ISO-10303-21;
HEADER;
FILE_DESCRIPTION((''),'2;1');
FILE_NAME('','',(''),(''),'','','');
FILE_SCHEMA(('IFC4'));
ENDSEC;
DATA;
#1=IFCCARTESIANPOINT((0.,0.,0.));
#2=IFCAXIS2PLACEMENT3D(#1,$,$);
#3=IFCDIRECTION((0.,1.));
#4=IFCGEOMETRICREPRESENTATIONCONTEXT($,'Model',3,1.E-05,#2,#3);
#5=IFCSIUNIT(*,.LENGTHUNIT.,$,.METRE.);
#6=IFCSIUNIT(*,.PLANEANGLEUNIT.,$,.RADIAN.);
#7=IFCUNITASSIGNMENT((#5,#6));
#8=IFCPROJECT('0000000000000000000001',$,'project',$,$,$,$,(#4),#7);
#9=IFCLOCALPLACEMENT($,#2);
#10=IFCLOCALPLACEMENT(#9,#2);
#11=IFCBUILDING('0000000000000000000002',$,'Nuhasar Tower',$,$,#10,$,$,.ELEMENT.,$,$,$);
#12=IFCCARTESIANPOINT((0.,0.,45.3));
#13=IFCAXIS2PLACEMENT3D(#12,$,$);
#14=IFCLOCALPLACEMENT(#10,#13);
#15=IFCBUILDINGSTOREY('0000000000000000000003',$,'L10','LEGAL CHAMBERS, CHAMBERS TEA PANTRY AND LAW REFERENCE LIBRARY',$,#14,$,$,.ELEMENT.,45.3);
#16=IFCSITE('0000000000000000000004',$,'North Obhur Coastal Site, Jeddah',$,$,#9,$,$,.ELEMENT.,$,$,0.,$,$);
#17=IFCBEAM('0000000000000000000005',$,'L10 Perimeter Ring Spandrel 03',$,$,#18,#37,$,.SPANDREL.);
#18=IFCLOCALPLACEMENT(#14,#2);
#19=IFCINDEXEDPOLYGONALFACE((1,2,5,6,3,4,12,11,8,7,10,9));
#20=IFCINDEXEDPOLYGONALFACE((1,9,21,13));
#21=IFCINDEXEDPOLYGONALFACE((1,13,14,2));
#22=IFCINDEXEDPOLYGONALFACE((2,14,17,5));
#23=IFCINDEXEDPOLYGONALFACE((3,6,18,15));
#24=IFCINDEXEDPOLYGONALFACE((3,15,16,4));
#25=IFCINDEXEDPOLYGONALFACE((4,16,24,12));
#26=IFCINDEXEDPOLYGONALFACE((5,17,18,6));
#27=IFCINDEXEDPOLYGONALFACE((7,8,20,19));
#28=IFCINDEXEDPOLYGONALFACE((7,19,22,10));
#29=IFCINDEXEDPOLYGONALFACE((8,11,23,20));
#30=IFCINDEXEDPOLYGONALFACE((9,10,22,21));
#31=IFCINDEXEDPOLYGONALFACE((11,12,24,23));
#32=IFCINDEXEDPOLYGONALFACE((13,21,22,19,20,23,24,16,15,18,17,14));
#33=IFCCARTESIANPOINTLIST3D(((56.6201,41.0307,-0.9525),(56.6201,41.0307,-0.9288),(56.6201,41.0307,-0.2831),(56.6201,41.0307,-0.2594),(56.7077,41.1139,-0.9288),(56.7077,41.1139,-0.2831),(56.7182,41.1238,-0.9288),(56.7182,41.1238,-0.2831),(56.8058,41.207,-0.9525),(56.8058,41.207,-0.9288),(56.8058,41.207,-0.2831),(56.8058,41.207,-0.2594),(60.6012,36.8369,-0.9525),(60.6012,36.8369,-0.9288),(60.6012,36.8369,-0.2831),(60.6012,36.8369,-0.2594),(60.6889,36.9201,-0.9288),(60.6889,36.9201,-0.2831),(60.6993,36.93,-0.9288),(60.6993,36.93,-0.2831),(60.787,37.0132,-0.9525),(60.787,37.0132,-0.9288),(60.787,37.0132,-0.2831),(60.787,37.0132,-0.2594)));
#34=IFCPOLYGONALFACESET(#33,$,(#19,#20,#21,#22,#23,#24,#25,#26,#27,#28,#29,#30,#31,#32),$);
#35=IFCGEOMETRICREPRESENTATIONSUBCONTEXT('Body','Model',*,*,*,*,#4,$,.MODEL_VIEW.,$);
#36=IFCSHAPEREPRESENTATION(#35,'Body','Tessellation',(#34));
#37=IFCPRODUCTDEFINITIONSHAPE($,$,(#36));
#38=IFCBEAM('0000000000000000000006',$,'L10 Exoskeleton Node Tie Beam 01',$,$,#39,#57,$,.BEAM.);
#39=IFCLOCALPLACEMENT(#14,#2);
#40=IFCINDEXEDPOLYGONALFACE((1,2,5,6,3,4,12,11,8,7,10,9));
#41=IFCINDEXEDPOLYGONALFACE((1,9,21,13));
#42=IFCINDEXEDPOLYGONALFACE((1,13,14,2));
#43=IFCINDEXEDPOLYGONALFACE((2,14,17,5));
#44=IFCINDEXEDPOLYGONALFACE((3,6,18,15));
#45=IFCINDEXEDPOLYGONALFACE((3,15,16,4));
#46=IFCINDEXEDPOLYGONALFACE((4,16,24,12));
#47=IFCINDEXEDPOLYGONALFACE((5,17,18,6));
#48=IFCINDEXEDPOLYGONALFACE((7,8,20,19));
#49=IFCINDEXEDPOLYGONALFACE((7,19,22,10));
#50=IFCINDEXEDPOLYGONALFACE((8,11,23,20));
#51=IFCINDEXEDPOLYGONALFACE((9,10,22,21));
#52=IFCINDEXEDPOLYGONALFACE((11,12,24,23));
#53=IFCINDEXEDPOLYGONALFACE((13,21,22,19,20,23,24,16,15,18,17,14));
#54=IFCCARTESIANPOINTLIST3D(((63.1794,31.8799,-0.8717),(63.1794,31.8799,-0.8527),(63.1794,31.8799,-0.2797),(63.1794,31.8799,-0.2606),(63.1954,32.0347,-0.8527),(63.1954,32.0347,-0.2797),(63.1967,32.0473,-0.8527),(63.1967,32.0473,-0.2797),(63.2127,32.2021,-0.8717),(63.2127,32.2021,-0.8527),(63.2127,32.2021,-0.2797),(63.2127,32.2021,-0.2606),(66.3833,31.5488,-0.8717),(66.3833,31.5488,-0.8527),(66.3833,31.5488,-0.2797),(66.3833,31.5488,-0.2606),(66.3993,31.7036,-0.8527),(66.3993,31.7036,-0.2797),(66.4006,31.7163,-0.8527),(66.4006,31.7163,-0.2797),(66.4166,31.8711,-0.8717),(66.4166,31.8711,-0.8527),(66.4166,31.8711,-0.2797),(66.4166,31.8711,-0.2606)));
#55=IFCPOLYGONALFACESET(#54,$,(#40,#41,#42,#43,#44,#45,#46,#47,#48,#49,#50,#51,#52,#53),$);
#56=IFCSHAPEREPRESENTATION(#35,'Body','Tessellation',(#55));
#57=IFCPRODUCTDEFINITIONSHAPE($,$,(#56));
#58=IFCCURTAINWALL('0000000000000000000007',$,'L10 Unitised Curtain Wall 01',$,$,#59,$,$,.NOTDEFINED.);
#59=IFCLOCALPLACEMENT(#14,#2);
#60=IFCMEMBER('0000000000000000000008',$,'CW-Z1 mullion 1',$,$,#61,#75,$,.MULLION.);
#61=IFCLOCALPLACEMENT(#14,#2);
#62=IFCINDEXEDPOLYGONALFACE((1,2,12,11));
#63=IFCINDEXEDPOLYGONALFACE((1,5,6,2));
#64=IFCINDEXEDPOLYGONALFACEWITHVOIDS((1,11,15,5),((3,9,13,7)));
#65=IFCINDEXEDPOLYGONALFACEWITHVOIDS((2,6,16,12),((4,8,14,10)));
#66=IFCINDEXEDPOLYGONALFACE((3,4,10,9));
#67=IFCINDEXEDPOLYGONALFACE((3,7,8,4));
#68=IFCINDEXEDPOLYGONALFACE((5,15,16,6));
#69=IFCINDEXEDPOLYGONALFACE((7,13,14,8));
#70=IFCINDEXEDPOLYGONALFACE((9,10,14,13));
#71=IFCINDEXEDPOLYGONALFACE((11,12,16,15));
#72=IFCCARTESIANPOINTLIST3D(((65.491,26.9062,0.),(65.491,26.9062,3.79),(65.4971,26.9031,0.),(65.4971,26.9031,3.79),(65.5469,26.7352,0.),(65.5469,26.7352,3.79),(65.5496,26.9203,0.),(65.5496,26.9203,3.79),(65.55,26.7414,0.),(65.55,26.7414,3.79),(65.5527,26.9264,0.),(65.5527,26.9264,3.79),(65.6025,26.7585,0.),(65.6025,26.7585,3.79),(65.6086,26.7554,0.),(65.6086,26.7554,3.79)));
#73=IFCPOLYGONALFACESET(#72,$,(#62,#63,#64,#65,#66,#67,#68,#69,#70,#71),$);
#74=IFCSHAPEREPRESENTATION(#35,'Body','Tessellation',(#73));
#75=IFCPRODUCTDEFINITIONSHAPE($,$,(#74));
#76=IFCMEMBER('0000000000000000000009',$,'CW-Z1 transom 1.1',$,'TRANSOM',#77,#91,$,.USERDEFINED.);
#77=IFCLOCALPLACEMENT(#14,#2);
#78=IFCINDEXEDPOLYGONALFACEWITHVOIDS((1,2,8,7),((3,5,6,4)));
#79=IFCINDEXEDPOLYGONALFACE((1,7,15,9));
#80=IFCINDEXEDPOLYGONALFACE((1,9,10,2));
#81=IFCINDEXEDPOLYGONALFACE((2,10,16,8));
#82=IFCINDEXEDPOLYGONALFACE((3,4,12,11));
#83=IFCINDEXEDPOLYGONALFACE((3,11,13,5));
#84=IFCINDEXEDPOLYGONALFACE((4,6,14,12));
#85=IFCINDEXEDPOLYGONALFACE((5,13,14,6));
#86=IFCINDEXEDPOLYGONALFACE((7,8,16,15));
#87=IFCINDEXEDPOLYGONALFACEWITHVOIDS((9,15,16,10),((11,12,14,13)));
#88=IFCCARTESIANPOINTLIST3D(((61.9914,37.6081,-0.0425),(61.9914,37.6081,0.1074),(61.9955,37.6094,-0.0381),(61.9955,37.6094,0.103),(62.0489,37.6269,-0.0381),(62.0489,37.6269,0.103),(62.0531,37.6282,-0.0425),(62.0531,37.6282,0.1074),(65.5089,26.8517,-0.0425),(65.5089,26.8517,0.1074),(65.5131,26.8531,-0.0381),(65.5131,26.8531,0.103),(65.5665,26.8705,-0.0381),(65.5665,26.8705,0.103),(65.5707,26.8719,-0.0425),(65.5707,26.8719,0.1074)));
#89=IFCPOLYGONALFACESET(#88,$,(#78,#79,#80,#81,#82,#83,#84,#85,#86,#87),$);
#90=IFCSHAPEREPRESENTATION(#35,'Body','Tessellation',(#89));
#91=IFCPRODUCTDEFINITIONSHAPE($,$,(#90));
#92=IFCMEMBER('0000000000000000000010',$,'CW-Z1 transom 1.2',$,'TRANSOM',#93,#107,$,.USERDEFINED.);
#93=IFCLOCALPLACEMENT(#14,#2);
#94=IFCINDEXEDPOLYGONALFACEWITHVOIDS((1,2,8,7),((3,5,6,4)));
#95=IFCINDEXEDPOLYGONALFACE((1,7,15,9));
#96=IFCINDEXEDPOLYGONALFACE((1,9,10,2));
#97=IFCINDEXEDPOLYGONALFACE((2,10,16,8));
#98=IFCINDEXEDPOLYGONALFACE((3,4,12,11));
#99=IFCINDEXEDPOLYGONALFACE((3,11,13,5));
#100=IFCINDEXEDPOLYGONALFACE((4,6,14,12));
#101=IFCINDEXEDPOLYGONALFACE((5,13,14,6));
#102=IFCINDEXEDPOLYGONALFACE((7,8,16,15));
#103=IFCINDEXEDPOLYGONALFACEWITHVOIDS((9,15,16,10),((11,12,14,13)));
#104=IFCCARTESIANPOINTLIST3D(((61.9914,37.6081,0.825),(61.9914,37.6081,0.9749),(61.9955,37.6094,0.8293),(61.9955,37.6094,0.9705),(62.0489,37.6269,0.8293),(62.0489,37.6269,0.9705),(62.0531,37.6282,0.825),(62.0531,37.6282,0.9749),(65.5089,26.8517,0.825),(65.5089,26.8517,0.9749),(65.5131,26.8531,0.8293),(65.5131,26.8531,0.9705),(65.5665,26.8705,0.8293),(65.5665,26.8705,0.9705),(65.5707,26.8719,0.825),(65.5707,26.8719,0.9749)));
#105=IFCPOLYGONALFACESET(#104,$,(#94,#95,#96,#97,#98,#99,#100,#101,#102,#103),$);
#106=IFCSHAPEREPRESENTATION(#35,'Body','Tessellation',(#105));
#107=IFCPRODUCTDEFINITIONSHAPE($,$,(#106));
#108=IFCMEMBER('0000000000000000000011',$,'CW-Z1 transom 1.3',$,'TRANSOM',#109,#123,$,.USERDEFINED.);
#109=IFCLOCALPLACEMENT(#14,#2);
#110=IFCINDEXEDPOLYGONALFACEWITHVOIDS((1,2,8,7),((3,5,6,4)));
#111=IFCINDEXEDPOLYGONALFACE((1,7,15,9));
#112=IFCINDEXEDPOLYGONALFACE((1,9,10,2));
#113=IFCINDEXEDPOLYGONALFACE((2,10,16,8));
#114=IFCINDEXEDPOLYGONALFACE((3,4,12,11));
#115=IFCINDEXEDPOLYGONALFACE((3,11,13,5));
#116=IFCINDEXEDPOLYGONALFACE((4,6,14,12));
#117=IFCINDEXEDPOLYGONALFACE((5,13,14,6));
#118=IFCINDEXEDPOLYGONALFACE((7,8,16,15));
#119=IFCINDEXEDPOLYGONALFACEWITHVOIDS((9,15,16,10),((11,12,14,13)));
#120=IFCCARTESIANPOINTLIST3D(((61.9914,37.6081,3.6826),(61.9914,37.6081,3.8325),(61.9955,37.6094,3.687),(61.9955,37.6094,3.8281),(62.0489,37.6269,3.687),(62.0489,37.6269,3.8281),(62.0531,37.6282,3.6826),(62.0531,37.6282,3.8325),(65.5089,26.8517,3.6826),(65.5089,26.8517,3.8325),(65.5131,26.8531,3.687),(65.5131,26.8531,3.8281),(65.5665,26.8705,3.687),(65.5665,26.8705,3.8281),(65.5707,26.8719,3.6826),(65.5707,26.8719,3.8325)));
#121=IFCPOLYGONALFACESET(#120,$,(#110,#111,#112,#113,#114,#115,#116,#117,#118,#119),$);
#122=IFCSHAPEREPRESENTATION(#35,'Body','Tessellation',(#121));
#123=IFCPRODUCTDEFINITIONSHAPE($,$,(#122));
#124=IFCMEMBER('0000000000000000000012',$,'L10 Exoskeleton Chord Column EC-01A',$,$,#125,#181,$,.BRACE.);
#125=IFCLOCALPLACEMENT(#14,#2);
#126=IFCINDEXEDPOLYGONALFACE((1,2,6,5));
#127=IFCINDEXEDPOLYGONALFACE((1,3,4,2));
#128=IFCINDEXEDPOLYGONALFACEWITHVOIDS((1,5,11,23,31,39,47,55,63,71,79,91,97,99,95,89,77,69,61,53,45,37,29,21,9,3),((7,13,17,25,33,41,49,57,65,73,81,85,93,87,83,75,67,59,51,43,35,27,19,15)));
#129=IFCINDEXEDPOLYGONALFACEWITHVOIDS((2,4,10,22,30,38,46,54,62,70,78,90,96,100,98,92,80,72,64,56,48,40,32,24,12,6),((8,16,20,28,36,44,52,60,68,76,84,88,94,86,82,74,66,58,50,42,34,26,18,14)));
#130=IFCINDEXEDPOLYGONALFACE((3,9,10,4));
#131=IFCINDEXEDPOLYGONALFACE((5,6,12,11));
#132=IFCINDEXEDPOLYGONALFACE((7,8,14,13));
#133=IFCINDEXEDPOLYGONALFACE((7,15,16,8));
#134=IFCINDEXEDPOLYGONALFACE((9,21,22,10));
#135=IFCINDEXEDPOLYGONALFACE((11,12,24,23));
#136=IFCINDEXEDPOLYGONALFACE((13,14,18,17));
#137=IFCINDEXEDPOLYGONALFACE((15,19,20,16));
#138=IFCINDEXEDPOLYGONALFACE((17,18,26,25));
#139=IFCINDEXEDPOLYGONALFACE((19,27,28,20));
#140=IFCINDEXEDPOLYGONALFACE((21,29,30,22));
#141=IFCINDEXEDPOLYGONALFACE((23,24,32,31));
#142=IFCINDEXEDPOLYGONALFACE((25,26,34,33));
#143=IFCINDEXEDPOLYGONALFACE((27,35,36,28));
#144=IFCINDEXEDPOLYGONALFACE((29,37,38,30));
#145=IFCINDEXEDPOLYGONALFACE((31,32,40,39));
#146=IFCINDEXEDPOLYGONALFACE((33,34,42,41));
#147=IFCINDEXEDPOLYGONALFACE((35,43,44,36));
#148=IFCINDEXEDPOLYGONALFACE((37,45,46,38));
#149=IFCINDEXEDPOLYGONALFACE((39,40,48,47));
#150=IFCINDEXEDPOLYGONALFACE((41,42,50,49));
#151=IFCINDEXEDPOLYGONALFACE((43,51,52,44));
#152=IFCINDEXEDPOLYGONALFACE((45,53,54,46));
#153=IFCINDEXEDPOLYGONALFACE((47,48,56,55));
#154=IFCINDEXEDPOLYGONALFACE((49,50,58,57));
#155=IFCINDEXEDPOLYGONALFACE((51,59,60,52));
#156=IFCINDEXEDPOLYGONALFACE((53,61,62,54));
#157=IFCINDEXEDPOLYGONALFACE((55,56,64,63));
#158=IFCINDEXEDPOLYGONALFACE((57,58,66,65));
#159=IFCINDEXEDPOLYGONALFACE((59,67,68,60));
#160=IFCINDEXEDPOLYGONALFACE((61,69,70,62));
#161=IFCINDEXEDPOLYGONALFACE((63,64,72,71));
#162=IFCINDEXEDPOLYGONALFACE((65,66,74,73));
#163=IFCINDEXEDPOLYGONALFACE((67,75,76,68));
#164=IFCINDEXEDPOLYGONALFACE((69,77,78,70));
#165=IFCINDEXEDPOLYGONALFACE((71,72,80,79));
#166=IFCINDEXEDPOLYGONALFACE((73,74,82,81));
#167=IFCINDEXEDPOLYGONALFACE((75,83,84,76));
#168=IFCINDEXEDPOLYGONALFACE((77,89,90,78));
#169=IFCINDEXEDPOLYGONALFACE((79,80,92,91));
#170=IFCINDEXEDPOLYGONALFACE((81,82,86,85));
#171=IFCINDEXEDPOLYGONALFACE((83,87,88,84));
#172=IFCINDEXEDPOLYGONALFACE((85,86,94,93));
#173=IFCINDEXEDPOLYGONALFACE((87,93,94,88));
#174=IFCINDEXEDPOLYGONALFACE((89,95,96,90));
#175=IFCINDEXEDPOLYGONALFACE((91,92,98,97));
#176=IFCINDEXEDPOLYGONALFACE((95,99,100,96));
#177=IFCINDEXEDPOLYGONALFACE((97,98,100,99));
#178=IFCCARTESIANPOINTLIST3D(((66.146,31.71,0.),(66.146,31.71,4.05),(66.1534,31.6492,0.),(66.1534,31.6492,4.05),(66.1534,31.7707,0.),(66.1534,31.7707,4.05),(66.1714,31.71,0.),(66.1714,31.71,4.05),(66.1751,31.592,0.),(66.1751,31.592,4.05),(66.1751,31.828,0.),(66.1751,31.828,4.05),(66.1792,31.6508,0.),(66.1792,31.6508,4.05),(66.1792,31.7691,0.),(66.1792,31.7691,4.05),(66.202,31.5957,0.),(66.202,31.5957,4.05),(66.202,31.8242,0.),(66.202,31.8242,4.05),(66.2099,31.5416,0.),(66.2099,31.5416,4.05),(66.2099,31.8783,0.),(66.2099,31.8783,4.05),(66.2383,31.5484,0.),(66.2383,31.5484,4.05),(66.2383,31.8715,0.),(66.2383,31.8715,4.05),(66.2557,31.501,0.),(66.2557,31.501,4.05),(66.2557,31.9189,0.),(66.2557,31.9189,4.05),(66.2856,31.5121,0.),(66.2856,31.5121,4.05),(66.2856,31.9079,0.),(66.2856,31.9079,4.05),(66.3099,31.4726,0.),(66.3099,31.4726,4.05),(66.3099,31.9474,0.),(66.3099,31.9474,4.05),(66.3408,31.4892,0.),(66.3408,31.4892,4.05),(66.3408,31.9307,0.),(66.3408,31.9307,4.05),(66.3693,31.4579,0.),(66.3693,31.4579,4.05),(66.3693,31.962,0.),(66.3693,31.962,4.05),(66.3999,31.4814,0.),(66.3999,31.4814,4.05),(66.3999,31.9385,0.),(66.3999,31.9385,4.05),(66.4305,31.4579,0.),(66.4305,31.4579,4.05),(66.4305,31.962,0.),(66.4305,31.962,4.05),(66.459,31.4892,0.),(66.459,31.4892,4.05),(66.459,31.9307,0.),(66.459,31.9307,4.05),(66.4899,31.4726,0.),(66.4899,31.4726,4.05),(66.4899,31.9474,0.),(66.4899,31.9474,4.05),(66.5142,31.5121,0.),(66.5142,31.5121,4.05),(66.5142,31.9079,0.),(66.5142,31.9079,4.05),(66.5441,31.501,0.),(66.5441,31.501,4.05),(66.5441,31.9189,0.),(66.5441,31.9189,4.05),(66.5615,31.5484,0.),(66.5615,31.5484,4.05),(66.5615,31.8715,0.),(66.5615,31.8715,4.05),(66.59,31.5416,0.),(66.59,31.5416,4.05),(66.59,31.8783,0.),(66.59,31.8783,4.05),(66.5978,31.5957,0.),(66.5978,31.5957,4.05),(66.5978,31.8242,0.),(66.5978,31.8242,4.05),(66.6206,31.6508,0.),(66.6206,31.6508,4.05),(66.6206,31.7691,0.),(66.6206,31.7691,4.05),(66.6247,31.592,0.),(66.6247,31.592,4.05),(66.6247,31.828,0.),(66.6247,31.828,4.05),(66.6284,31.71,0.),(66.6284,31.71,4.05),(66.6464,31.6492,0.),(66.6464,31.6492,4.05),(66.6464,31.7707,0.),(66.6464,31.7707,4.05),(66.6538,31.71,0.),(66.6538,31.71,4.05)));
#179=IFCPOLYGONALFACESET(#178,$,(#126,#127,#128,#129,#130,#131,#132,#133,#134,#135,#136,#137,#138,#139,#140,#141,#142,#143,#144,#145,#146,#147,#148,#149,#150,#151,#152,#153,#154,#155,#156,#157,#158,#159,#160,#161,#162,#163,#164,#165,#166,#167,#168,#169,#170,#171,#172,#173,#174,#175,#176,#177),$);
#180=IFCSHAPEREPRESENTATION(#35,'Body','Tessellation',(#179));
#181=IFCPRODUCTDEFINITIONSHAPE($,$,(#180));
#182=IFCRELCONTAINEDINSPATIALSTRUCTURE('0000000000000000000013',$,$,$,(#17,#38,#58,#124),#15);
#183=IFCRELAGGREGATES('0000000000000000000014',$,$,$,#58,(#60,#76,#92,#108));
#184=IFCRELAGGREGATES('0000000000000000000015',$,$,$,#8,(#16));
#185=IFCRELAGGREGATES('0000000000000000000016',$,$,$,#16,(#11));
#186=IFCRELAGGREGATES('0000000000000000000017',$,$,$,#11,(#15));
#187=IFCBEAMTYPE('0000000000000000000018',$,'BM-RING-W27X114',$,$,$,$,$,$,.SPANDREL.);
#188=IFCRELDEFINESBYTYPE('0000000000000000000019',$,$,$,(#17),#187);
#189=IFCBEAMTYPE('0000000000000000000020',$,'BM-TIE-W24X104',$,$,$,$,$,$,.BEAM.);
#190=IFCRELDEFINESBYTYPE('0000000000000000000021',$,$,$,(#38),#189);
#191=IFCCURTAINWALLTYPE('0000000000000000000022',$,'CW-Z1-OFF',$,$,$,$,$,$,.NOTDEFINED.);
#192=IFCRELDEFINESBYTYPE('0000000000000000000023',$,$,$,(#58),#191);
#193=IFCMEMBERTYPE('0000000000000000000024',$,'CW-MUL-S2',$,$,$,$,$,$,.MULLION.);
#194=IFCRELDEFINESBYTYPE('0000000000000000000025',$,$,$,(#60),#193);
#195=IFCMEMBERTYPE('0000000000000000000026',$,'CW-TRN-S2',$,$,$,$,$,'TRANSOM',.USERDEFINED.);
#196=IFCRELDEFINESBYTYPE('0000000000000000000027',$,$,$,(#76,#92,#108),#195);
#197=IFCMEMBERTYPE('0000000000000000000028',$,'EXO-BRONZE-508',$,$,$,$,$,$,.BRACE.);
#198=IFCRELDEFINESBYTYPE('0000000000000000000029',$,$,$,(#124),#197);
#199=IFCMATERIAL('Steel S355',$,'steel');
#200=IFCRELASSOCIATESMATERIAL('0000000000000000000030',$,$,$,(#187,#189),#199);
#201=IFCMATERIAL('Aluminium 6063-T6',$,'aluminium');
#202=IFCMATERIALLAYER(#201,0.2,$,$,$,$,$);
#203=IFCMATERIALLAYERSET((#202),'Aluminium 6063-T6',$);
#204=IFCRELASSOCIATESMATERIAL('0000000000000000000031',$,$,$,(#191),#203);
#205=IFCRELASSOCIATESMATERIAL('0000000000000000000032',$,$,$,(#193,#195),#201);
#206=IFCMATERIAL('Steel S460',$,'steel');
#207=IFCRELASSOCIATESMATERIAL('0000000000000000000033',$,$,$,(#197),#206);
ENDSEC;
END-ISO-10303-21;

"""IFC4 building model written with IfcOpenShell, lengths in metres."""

from ifc_helpers import new_model, si_unit, direction, frame, origin, origin_2d, place, context, subcontext, project, spatial, hollow_rectangle, hollow_circle, i_section, extrude, material, layer, layer_set, material_profile, profile_set, type_object, element, aggregate, save


model = new_model("IFC4")

# Units and contexts
model_context = context("Model", 3, precision=1e-05, world=origin(), true_north=direction((0.0, 1.0)))
body_context = subcontext(model_context, "Body", "Model", "MODEL_VIEW")
ifc_project = project(units=[si_unit("LENGTHUNIT", "METRE"), si_unit("PLANEANGLEUNIT", "RADIAN")], contexts=[model_context])

# Site, building, storey
site_placement = place(None, origin())
site = spatial("IfcSite", under=ifc_project, at=site_placement, Name="North Obhur Coastal Site, Jeddah", CompositionType="ELEMENT", RefElevation=0.0)
building_placement = place(site_placement, origin())
building = spatial("IfcBuilding", under=site, at=building_placement, Name="Nuhasar Tower", CompositionType="ELEMENT")
storey_placement = place(building_placement, frame((0.0, 0.0, 45.3)))
storey = spatial("IfcBuildingStorey", under=building, at=storey_placement, Name="L10", Description="LEGAL CHAMBERS, CHAMBERS TEA PANTRY AND LAW REFERENCE LIBRARY", CompositionType="ELEMENT", Elevation=45.3)

# Beams
ifc_material_1 = material(Name="Steel S355", Category="steel")
ifc_material_profile_1 = material_profile(ifc_material_1, i_section(OverallWidth=0.2561, OverallDepth=0.6931, WebThickness=0.0144, FlangeThickness=0.0237, at=origin_2d()), Name="W27X114")
ifc_profile_set_1 = profile_set([ifc_material_profile_1], Name="Steel S355")
beam_type_1 = type_object("IfcBeamType", Name="BM-RING-W27X114", PredefinedType="SPANDREL", material=ifc_profile_set_1)
beam_1_placement = place(storey_placement, frame((60.6941, 36.925, -0.606), z_axis=(-0.688481, 0.725254, 0.0), x_axis=(-0.725254, -0.688481, 0.0)))
element("IfcBeam", 1, at=beam_1_placement, inside=storey, type_object=beam_type_1, Name="L10 Perimeter Ring Spandrel 03", PredefinedType="SPANDREL", context=body_context, shape_type="SweptSolid", body=[
    extrude(i_section(OverallWidth=0.2561, OverallDepth=0.6931, WebThickness=0.0144, FlangeThickness=0.0237, at=origin_2d()), origin(), (0.0, 0.0, 1.0), 5.7825),
])
ifc_material_profile_2 = material_profile(ifc_material_1, i_section(OverallWidth=0.324, OverallDepth=0.6111, WebThickness=0.0127, FlangeThickness=0.019, at=origin_2d()), Name="W24X104")
ifc_profile_set_2 = profile_set([ifc_material_profile_2], Name="Steel S355")
beam_type_2 = type_object("IfcBeamType", Name="BM-TIE-W24X104", PredefinedType="BEAM", material=ifc_profile_set_2)
beam_2_placement = place(storey_placement, frame((63.196, 32.041, -0.5662), z_axis=(0.994704, -0.102783, 0.0), x_axis=(0.102783, 0.994704, 0.0)))
element("IfcBeam", 2, at=beam_2_placement, inside=storey, type_object=beam_type_2, Name="L10 Exoskeleton Node Tie Beam 01", PredefinedType="BEAM", context=body_context, shape_type="SweptSolid", body=[
    extrude(i_section(OverallWidth=0.324, OverallDepth=0.6111, WebThickness=0.0127, FlangeThickness=0.019, at=origin_2d()), origin(), (0.0, 0.0, 1.0), 3.2209),
])

# Curtain wall, members
ifc_material_2 = material(Name="Aluminium 6063-T6", Category="aluminium")
ifc_layer_1 = layer(ifc_material_2, 0.2)
ifc_layer_set_1 = layer_set([ifc_layer_1], Name="Aluminium 6063-T6")
curtain_wall_type = type_object("IfcCurtainWallType", Name="CW-Z1-OFF", PredefinedType="NOTDEFINED", material=ifc_layer_set_1)
curtain_wall_placement = place(storey_placement, origin())
curtain_wall = element("IfcCurtainWall", 3, at=curtain_wall_placement, inside=storey, type_object=curtain_wall_type, Name="L10 Unitised Curtain Wall 01", PredefinedType="NOTDEFINED")
ifc_material_profile_3 = material_profile(ifc_material_2, hollow_rectangle(XDim=0.0649, YDim=0.1799, WallThickness=0.0049, at=origin_2d()), Name="CWM-2")
ifc_profile_set_3 = profile_set([ifc_material_profile_3], Name="Aluminium 6063-T6")
member_type_1 = type_object("IfcMemberType", Name="CW-MUL-S2", PredefinedType="MULLION", material=ifc_profile_set_3)
member_1_placement = place(storey_placement, frame((65.5498, 26.8308, 0.0), z_axis=(0.0, 0.0, 1.0), x_axis=(-0.950468, -0.310824, 0.0)))
member_1 = element("IfcMember", 4, at=member_1_placement, type_object=member_type_1, Name="CW-Z1 mullion 1", PredefinedType="MULLION", context=body_context, shape_type="SweptSolid", body=[
    extrude(hollow_rectangle(XDim=0.0649, YDim=0.1799, WallThickness=0.0049, at=origin_2d()), origin(), (0.0, 0.0, 1.0), 3.79),
])
ifc_material_profile_4 = material_profile(ifc_material_2, hollow_rectangle(XDim=0.0649, YDim=0.1499, WallThickness=0.0044, at=origin_2d()), Name="CWT-2")
ifc_profile_set_4 = profile_set([ifc_material_profile_4], Name="Aluminium 6063-T6")
member_type_2 = type_object("IfcMemberType", Name="CW-TRN-S2", ElementType="TRANSOM", PredefinedType="USERDEFINED", material=ifc_profile_set_4)
member_2_placement = place(storey_placement, frame((65.5398, 26.8618, 0.0325), z_axis=(-0.310825, 0.950467, 0.0), x_axis=(-0.950467, -0.310825, 0.0)))
member_2 = element("IfcMember", 5, at=member_2_placement, type_object=member_type_2, Name="CW-Z1 transom 1.1", ObjectType="TRANSOM", PredefinedType="USERDEFINED", context=body_context, shape_type="SweptSolid", body=[
    extrude(hollow_rectangle(XDim=0.0649, YDim=0.1499, WallThickness=0.0044, at=origin_2d()), origin(), (0.0, 0.0, 1.0), 11.3169),
])
member_3_placement = place(storey_placement, frame((65.5398, 26.8618, 0.8999), z_axis=(-0.310825, 0.950467, 0.0), x_axis=(-0.950467, -0.310825, 0.0)))
member_3 = element("IfcMember", 6, at=member_3_placement, type_object=member_type_2, Name="CW-Z1 transom 1.2", ObjectType="TRANSOM", PredefinedType="USERDEFINED", context=body_context, shape_type="SweptSolid", body=[
    extrude(hollow_rectangle(XDim=0.0649, YDim=0.1499, WallThickness=0.0044, at=origin_2d()), origin(), (0.0, 0.0, 1.0), 11.3169),
])
member_4_placement = place(storey_placement, frame((65.5398, 26.8618, 3.7576), z_axis=(-0.310825, 0.950467, 0.0), x_axis=(-0.950467, -0.310825, 0.0)))
member_4 = element("IfcMember", 7, at=member_4_placement, type_object=member_type_2, Name="CW-Z1 transom 1.3", ObjectType="TRANSOM", PredefinedType="USERDEFINED", context=body_context, shape_type="SweptSolid", body=[
    extrude(hollow_rectangle(XDim=0.0649, YDim=0.1499, WallThickness=0.0044, at=origin_2d()), origin(), (0.0, 0.0, 1.0), 11.3169),
])

# Member
ifc_material_3 = material(Name="Steel S460", Category="steel")
ifc_material_profile_5 = material_profile(ifc_material_3, hollow_circle(Radius=0.2539, WallThickness=0.0254, at=origin_2d()), Name="HSS508X25.4")
ifc_profile_set_5 = profile_set([ifc_material_profile_5], Name="Steel S460")
member_type_3 = type_object("IfcMemberType", Name="EXO-BRONZE-508", PredefinedType="BRACE", material=ifc_profile_set_5)
for number, where, z_axis, x_axis, name in (
    (8, (66.3999, 31.71, 0.0), (0.0, 0.0, 1.0), (1.0, 0.0, 0.0), "L10 Exoskeleton Chord Column EC-01A"),
):
    element("IfcMember", number, at=place(storey_placement, frame(where, z_axis=z_axis, x_axis=x_axis)), inside=storey, type_object=member_type_3, Name=name, PredefinedType="BRACE", context=body_context, shape_type="SweptSolid", body=[
        extrude(hollow_circle(Radius=0.2539, WallThickness=0.0254, at=origin_2d()), origin(), (0.0, 0.0, 1.0), 4.05),
    ])

aggregate(curtain_wall, [member_1, member_2, member_3, member_4])

save(model, "model.ifc")
